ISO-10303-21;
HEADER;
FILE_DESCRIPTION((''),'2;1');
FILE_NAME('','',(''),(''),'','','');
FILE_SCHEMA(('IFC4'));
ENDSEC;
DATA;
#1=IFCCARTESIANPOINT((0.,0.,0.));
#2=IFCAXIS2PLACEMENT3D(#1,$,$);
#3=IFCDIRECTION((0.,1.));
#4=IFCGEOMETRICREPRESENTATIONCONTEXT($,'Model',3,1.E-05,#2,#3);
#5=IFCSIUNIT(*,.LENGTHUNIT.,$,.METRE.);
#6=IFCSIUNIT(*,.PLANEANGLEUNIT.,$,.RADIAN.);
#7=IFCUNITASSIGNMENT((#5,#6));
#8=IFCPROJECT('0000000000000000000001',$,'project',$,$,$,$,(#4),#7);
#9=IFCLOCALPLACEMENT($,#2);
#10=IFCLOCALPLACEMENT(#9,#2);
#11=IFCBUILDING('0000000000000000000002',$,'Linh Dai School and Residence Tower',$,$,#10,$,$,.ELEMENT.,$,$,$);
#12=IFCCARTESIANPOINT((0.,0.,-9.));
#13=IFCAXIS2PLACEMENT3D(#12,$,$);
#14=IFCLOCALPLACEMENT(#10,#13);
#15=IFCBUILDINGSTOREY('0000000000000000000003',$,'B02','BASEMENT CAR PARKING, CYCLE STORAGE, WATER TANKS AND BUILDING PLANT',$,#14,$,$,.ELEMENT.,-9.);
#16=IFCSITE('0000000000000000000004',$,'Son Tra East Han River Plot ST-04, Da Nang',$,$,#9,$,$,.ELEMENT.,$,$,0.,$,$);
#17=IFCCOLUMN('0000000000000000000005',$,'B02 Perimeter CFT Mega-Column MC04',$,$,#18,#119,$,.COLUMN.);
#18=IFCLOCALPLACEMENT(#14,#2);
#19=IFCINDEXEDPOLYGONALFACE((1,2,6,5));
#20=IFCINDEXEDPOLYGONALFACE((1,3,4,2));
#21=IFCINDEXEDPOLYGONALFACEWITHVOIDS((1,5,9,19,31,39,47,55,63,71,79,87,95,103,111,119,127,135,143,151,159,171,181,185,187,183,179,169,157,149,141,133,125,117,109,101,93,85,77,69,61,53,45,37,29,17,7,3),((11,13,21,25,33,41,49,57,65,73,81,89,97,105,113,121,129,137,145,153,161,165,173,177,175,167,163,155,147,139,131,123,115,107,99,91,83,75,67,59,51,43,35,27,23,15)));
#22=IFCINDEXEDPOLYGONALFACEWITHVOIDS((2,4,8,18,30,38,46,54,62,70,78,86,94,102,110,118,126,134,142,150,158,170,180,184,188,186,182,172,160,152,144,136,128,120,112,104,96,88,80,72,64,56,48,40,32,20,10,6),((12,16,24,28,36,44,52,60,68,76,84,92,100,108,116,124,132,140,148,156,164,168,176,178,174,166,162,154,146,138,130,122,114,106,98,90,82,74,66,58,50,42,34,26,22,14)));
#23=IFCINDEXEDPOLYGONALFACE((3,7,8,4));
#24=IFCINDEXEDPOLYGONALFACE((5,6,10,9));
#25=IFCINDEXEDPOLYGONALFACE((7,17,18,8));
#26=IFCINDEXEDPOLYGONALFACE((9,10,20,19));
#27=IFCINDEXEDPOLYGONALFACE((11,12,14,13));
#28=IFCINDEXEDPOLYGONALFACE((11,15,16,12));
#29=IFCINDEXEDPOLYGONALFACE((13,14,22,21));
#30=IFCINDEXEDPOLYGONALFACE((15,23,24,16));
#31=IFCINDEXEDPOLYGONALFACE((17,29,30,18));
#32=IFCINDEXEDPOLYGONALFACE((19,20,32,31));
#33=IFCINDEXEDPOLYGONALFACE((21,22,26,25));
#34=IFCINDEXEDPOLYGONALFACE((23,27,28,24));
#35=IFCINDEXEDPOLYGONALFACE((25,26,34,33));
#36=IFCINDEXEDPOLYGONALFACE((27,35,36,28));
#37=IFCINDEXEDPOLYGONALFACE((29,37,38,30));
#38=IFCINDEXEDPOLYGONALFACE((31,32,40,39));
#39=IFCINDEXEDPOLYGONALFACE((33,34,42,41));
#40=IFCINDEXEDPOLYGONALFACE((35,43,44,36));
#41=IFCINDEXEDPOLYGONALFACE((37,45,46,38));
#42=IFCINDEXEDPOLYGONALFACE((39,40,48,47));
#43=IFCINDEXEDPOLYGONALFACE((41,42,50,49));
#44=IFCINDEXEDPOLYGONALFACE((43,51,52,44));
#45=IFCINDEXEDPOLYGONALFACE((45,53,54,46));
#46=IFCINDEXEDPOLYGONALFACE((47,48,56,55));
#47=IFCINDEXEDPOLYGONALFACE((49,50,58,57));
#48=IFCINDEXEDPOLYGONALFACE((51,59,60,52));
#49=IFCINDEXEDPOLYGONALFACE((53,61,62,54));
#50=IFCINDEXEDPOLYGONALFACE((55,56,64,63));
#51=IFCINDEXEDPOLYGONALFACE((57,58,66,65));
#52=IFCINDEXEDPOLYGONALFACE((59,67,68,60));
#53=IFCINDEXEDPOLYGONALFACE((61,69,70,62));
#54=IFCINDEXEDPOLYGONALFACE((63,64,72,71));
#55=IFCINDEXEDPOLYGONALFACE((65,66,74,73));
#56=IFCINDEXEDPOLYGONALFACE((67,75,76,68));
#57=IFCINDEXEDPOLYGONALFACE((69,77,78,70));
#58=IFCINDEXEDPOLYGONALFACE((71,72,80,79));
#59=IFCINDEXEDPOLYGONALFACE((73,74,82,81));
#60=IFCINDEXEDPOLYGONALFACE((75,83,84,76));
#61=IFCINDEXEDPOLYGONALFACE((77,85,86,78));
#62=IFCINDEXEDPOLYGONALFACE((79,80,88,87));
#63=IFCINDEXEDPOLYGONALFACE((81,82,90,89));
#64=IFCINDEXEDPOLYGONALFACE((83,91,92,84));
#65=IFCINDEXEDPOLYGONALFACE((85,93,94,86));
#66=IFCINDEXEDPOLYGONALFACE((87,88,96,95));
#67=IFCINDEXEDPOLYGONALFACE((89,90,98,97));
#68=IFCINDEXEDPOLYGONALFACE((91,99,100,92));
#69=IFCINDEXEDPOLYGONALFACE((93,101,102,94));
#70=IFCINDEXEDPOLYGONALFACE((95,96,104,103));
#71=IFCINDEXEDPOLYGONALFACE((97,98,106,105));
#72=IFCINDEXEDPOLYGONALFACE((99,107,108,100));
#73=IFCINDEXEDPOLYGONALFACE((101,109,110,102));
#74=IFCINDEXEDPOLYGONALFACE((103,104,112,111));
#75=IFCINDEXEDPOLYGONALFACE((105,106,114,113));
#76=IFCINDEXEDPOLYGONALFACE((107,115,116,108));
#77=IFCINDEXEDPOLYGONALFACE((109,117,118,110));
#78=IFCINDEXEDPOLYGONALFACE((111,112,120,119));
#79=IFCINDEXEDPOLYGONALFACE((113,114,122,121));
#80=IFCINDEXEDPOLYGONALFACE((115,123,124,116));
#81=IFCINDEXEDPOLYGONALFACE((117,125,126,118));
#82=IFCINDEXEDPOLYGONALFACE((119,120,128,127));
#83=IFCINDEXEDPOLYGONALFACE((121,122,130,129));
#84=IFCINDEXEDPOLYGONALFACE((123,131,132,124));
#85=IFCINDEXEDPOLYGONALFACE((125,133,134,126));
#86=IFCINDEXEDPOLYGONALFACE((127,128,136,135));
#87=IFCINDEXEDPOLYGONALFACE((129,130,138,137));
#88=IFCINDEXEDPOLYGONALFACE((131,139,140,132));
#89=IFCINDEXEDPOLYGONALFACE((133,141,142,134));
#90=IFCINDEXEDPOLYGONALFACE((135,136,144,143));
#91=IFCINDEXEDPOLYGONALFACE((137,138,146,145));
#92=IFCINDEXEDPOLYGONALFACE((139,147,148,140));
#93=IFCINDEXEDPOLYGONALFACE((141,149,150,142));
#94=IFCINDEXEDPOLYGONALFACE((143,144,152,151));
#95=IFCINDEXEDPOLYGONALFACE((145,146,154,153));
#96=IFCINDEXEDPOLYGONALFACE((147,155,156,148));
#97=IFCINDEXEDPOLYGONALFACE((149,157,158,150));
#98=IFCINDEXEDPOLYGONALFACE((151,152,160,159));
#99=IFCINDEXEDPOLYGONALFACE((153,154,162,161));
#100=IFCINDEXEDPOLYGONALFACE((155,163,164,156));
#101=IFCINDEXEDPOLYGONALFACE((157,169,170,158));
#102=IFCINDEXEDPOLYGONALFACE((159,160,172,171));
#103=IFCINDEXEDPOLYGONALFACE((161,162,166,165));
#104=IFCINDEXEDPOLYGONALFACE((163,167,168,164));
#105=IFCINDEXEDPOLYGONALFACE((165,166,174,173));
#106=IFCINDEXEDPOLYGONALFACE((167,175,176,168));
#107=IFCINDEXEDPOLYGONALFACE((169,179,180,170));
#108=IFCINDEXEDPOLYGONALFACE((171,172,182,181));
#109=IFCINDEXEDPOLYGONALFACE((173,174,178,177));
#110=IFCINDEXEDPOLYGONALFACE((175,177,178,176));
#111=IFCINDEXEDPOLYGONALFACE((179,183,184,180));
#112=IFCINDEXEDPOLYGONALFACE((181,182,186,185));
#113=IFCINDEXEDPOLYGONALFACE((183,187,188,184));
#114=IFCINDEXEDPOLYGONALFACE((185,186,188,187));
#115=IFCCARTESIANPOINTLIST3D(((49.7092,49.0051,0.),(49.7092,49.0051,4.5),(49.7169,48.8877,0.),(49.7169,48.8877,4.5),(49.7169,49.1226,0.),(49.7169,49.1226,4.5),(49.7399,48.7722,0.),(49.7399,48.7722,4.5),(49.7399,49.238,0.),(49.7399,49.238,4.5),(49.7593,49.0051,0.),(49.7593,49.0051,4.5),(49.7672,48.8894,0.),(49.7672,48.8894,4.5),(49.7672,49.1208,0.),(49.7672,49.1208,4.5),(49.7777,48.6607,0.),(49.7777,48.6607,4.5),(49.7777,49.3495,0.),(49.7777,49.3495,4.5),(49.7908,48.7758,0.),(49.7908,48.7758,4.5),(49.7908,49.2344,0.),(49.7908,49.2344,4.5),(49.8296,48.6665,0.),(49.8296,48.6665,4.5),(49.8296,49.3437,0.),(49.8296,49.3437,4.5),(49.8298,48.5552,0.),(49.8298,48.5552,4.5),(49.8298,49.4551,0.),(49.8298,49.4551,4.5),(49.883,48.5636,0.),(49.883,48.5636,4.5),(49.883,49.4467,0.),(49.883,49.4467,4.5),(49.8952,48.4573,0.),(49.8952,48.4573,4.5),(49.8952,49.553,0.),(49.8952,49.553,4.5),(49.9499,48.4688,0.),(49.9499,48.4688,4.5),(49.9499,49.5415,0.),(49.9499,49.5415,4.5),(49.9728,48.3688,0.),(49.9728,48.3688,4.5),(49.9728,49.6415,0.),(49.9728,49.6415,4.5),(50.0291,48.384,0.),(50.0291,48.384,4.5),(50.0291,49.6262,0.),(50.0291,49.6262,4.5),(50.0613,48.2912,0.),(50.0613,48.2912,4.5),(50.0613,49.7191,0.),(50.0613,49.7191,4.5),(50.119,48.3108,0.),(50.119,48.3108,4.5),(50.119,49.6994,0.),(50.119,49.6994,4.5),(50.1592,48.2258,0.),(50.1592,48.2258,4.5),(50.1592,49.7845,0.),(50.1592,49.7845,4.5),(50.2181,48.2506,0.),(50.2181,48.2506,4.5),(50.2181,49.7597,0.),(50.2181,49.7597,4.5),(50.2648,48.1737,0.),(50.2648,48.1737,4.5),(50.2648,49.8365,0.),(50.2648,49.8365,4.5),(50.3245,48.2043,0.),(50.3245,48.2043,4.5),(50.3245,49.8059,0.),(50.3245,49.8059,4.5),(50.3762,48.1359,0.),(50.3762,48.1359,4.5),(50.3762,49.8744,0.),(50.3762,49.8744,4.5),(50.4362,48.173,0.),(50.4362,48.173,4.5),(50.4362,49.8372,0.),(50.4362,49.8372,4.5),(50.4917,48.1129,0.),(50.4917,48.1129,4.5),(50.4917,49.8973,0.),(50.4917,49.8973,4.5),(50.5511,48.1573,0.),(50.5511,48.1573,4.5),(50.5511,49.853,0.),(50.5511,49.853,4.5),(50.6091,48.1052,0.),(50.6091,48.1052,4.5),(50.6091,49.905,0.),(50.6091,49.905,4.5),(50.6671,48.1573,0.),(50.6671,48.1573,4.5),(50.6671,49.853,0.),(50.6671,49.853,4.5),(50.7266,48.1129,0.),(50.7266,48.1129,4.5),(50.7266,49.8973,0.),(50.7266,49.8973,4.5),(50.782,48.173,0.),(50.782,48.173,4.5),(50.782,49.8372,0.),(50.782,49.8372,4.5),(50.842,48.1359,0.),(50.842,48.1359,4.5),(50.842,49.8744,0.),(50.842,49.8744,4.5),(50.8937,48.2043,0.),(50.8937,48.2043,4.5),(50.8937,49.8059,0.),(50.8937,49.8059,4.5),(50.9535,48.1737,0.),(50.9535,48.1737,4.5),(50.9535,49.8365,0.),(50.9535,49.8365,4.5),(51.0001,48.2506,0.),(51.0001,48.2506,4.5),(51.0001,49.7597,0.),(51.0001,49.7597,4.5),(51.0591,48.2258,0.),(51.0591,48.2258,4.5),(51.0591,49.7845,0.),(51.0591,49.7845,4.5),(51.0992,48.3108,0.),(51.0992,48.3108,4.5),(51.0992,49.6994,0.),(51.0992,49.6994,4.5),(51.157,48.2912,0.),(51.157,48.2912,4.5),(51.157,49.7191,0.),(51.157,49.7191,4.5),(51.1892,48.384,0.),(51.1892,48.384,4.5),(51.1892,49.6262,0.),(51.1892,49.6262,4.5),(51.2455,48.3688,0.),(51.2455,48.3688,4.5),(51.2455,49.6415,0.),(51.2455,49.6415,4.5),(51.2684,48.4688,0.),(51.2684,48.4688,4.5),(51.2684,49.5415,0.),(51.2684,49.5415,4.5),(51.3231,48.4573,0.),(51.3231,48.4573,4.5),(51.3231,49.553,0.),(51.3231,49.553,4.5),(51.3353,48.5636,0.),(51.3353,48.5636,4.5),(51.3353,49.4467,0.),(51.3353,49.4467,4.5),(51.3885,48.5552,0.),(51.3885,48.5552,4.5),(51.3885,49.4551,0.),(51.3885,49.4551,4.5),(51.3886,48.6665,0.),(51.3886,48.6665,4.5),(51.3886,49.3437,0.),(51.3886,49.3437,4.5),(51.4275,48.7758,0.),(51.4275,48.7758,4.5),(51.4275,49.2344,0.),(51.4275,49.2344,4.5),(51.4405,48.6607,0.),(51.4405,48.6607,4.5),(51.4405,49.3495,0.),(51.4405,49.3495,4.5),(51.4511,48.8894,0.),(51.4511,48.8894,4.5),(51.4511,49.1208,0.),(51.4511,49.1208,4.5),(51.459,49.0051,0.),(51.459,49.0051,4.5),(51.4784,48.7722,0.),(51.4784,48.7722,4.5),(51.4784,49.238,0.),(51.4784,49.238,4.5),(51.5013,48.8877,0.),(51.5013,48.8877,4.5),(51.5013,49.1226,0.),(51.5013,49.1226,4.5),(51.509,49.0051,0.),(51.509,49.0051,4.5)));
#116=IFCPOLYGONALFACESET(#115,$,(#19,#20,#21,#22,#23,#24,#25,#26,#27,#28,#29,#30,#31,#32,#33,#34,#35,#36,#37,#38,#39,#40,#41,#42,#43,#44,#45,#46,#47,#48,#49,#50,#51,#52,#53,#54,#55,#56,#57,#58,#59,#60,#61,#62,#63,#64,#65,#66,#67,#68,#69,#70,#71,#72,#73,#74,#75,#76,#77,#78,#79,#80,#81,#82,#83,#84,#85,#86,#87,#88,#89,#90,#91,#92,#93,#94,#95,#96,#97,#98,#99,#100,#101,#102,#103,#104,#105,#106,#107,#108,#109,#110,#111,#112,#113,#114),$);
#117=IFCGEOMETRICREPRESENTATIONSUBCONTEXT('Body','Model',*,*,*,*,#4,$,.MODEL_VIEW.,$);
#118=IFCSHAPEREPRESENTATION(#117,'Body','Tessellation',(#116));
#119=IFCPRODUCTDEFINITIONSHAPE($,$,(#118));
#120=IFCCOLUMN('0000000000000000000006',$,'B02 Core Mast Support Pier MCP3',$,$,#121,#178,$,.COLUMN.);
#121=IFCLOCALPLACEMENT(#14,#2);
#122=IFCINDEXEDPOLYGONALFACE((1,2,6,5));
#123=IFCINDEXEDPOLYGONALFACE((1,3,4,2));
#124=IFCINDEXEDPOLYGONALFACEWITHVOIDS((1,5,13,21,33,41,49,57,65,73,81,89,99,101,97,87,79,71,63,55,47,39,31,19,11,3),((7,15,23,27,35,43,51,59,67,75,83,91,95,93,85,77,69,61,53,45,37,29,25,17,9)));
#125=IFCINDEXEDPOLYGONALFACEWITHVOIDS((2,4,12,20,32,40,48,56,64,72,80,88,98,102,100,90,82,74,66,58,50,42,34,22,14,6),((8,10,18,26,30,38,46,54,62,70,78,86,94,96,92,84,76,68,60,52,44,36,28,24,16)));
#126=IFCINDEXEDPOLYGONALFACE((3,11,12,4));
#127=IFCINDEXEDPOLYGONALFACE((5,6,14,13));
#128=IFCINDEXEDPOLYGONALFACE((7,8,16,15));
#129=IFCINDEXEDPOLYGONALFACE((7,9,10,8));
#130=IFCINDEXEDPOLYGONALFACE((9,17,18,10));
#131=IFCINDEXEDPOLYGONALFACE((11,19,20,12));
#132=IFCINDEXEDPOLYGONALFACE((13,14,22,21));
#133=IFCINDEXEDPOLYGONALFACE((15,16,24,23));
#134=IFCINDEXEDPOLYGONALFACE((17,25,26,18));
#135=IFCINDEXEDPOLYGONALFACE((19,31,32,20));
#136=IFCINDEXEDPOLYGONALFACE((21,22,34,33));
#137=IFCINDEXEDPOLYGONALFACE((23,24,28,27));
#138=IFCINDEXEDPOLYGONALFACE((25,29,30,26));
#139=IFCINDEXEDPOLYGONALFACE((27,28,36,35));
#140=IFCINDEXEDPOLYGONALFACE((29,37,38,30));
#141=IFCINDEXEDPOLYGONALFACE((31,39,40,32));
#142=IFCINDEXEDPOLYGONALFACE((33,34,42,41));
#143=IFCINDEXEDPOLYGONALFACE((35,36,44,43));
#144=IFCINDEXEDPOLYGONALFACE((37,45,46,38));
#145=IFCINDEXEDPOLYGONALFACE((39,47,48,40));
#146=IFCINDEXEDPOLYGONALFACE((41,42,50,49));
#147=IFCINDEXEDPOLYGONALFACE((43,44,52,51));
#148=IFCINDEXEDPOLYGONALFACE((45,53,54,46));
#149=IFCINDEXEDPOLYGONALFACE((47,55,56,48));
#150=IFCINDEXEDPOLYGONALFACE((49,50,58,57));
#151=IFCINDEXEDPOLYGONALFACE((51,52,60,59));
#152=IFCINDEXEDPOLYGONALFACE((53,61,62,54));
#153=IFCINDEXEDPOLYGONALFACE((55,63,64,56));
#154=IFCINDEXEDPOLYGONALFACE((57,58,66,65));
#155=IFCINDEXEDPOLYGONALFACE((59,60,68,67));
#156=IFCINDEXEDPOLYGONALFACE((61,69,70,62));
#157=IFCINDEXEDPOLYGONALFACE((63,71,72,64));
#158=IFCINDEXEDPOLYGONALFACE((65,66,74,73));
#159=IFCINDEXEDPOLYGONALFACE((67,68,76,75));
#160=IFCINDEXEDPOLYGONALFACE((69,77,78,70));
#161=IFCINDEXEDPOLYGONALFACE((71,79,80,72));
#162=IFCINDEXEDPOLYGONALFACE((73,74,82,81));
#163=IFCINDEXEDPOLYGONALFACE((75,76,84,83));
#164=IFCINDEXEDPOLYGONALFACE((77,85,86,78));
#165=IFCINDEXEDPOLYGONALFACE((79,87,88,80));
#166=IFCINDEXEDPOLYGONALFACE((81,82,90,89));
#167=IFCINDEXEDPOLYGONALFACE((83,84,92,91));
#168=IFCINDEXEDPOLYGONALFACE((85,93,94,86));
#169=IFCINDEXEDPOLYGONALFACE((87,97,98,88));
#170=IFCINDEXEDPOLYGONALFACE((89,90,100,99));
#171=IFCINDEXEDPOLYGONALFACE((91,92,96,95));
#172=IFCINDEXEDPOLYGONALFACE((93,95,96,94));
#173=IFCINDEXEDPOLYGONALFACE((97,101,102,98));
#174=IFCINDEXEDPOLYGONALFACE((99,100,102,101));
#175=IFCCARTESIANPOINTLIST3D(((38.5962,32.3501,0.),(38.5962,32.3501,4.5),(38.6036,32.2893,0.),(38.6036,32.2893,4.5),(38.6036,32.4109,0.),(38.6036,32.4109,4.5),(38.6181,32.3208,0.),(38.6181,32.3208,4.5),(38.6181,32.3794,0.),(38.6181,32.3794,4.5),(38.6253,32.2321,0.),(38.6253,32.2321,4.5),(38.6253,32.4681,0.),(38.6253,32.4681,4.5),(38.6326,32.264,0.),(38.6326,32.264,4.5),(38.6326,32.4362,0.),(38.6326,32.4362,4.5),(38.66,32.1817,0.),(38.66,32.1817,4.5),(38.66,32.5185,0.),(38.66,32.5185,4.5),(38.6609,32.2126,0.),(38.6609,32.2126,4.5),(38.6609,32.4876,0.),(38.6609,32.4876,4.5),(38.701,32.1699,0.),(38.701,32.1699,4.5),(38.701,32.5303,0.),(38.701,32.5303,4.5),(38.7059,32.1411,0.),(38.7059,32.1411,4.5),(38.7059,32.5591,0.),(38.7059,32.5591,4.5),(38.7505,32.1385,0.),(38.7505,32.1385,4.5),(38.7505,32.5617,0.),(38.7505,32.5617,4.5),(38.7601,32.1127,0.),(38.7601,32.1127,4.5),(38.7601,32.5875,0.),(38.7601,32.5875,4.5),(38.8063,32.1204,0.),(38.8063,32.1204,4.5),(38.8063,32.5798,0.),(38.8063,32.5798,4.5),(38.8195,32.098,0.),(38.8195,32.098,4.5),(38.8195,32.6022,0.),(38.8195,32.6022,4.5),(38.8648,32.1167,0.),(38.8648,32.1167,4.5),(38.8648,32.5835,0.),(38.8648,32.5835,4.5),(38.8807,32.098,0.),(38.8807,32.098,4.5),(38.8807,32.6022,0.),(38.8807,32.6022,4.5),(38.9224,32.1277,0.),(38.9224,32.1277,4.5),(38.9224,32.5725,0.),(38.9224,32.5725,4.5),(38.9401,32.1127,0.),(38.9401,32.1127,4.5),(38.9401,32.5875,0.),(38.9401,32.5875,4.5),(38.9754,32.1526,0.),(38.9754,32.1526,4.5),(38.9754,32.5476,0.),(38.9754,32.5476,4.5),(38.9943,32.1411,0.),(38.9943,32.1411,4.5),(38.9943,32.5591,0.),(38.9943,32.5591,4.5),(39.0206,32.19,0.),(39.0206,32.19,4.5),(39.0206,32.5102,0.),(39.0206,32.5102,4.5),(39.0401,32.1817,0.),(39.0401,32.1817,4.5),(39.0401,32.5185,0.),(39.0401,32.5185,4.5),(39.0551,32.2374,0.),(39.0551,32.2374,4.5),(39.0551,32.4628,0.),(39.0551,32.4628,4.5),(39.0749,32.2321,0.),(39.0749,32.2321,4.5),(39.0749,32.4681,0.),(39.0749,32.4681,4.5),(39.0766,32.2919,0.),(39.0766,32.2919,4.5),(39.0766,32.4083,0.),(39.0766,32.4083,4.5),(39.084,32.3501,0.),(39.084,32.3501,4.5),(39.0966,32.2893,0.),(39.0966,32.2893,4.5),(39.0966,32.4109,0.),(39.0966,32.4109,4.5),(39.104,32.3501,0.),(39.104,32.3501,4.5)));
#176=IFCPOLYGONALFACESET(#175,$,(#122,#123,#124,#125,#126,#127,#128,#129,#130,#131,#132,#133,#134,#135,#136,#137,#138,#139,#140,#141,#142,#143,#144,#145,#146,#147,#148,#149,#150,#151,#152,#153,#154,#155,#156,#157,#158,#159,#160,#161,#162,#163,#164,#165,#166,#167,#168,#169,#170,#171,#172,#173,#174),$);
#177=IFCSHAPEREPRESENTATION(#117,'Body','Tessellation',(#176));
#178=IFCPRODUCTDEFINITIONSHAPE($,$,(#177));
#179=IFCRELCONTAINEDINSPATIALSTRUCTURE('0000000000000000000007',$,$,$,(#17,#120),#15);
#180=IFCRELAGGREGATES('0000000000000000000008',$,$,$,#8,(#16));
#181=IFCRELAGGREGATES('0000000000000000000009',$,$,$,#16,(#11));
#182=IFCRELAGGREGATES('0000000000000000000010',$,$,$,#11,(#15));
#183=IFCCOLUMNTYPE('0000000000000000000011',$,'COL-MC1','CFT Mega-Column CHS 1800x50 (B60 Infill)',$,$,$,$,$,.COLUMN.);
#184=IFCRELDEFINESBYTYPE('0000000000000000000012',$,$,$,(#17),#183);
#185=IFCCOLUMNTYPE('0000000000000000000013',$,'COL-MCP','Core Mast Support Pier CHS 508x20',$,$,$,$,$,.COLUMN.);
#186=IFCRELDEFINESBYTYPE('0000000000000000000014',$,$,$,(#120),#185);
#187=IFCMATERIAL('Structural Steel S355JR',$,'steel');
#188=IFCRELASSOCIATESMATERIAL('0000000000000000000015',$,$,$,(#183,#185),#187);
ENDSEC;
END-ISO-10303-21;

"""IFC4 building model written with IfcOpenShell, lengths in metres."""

from ifc_helpers import new_model, si_unit, direction, frame, origin, origin_2d, place, context, subcontext, project, spatial, hollow_circle, extrude, material, material_profile, profile_set, type_object, element, save


model = new_model("IFC4")

# Units and contexts
model_context = context("Model", 3, precision=1e-05, world=origin(), true_north=direction((0.0, 1.0)))
body_context = subcontext(model_context, "Body", "Model", "MODEL_VIEW")
ifc_project = project(units=[si_unit("LENGTHUNIT", "METRE"), si_unit("PLANEANGLEUNIT", "RADIAN")], contexts=[model_context])

# Site, building, storey
site_placement = place(None, origin())
site = spatial("IfcSite", under=ifc_project, at=site_placement, Name="Son Tra East Han River Plot ST-04, Da Nang", CompositionType="ELEMENT", RefElevation=0.0)
building_placement = place(site_placement, origin())
building = spatial("IfcBuilding", under=site, at=building_placement, Name="Linh Dai School and Residence Tower", CompositionType="ELEMENT")
storey_placement = place(building_placement, frame((0.0, 0.0, -9.0)))
storey = spatial("IfcBuildingStorey", under=building, at=storey_placement, Name="B02", Description="BASEMENT CAR PARKING, CYCLE STORAGE, WATER TANKS AND BUILDING PLANT", CompositionType="ELEMENT", Elevation=-9.0)

# Columns
ifc_material_1 = material(Name="Structural Steel S355JR", Category="steel")
ifc_material_profile_1 = material_profile(ifc_material_1, hollow_circle(Radius=0.8999, WallThickness=0.05, at=origin_2d()), Name="CHS 1800x50")
ifc_profile_set_1 = profile_set([ifc_material_profile_1], Name="Structural Steel S355JR")
column_type_1 = type_object("IfcColumnType", Name="COL-MC1", Description="CFT Mega-Column CHS 1800x50 (B60 Infill)", PredefinedType="COLUMN", material=ifc_profile_set_1)
column_1_placement = place(storey_placement, frame((50.6091, 49.0051, 0.0), z_axis=(0.0, 0.0, 1.0), x_axis=(1.0, 0.0, 0.0)))
element("IfcColumn", 1, at=column_1_placement, inside=storey, type_object=column_type_1, Name="B02 Perimeter CFT Mega-Column MC04", PredefinedType="COLUMN", context=body_context, shape_type="SweptSolid", body=[
    extrude(hollow_circle(Radius=0.8999, WallThickness=0.05, at=origin_2d()), origin(), (0.0, 0.0, 1.0), 4.5),
])
ifc_material_profile_2 = material_profile(ifc_material_1, hollow_circle(Radius=0.2539, WallThickness=0.02, at=origin_2d()), Name="CHS 508x20")
ifc_profile_set_2 = profile_set([ifc_material_profile_2], Name="Structural Steel S355JR")
column_type_2 = type_object("IfcColumnType", Name="COL-MCP", Description="Core Mast Support Pier CHS 508x20", PredefinedType="COLUMN", material=ifc_profile_set_2)
column_2_placement = place(storey_placement, frame((38.8501, 32.3501, 0.0), z_axis=(0.0, 0.0, 1.0), x_axis=(1.0, 0.0, 0.0)))
element("IfcColumn", 2, at=column_2_placement, inside=storey, type_object=column_type_2, Name="B02 Core Mast Support Pier MCP3", PredefinedType="COLUMN", context=body_context, shape_type="SweptSolid", body=[
    extrude(hollow_circle(Radius=0.2539, WallThickness=0.02, at=origin_2d()), origin(), (0.0, 0.0, 1.0), 4.5),
])

save(model, "model.ifc")
